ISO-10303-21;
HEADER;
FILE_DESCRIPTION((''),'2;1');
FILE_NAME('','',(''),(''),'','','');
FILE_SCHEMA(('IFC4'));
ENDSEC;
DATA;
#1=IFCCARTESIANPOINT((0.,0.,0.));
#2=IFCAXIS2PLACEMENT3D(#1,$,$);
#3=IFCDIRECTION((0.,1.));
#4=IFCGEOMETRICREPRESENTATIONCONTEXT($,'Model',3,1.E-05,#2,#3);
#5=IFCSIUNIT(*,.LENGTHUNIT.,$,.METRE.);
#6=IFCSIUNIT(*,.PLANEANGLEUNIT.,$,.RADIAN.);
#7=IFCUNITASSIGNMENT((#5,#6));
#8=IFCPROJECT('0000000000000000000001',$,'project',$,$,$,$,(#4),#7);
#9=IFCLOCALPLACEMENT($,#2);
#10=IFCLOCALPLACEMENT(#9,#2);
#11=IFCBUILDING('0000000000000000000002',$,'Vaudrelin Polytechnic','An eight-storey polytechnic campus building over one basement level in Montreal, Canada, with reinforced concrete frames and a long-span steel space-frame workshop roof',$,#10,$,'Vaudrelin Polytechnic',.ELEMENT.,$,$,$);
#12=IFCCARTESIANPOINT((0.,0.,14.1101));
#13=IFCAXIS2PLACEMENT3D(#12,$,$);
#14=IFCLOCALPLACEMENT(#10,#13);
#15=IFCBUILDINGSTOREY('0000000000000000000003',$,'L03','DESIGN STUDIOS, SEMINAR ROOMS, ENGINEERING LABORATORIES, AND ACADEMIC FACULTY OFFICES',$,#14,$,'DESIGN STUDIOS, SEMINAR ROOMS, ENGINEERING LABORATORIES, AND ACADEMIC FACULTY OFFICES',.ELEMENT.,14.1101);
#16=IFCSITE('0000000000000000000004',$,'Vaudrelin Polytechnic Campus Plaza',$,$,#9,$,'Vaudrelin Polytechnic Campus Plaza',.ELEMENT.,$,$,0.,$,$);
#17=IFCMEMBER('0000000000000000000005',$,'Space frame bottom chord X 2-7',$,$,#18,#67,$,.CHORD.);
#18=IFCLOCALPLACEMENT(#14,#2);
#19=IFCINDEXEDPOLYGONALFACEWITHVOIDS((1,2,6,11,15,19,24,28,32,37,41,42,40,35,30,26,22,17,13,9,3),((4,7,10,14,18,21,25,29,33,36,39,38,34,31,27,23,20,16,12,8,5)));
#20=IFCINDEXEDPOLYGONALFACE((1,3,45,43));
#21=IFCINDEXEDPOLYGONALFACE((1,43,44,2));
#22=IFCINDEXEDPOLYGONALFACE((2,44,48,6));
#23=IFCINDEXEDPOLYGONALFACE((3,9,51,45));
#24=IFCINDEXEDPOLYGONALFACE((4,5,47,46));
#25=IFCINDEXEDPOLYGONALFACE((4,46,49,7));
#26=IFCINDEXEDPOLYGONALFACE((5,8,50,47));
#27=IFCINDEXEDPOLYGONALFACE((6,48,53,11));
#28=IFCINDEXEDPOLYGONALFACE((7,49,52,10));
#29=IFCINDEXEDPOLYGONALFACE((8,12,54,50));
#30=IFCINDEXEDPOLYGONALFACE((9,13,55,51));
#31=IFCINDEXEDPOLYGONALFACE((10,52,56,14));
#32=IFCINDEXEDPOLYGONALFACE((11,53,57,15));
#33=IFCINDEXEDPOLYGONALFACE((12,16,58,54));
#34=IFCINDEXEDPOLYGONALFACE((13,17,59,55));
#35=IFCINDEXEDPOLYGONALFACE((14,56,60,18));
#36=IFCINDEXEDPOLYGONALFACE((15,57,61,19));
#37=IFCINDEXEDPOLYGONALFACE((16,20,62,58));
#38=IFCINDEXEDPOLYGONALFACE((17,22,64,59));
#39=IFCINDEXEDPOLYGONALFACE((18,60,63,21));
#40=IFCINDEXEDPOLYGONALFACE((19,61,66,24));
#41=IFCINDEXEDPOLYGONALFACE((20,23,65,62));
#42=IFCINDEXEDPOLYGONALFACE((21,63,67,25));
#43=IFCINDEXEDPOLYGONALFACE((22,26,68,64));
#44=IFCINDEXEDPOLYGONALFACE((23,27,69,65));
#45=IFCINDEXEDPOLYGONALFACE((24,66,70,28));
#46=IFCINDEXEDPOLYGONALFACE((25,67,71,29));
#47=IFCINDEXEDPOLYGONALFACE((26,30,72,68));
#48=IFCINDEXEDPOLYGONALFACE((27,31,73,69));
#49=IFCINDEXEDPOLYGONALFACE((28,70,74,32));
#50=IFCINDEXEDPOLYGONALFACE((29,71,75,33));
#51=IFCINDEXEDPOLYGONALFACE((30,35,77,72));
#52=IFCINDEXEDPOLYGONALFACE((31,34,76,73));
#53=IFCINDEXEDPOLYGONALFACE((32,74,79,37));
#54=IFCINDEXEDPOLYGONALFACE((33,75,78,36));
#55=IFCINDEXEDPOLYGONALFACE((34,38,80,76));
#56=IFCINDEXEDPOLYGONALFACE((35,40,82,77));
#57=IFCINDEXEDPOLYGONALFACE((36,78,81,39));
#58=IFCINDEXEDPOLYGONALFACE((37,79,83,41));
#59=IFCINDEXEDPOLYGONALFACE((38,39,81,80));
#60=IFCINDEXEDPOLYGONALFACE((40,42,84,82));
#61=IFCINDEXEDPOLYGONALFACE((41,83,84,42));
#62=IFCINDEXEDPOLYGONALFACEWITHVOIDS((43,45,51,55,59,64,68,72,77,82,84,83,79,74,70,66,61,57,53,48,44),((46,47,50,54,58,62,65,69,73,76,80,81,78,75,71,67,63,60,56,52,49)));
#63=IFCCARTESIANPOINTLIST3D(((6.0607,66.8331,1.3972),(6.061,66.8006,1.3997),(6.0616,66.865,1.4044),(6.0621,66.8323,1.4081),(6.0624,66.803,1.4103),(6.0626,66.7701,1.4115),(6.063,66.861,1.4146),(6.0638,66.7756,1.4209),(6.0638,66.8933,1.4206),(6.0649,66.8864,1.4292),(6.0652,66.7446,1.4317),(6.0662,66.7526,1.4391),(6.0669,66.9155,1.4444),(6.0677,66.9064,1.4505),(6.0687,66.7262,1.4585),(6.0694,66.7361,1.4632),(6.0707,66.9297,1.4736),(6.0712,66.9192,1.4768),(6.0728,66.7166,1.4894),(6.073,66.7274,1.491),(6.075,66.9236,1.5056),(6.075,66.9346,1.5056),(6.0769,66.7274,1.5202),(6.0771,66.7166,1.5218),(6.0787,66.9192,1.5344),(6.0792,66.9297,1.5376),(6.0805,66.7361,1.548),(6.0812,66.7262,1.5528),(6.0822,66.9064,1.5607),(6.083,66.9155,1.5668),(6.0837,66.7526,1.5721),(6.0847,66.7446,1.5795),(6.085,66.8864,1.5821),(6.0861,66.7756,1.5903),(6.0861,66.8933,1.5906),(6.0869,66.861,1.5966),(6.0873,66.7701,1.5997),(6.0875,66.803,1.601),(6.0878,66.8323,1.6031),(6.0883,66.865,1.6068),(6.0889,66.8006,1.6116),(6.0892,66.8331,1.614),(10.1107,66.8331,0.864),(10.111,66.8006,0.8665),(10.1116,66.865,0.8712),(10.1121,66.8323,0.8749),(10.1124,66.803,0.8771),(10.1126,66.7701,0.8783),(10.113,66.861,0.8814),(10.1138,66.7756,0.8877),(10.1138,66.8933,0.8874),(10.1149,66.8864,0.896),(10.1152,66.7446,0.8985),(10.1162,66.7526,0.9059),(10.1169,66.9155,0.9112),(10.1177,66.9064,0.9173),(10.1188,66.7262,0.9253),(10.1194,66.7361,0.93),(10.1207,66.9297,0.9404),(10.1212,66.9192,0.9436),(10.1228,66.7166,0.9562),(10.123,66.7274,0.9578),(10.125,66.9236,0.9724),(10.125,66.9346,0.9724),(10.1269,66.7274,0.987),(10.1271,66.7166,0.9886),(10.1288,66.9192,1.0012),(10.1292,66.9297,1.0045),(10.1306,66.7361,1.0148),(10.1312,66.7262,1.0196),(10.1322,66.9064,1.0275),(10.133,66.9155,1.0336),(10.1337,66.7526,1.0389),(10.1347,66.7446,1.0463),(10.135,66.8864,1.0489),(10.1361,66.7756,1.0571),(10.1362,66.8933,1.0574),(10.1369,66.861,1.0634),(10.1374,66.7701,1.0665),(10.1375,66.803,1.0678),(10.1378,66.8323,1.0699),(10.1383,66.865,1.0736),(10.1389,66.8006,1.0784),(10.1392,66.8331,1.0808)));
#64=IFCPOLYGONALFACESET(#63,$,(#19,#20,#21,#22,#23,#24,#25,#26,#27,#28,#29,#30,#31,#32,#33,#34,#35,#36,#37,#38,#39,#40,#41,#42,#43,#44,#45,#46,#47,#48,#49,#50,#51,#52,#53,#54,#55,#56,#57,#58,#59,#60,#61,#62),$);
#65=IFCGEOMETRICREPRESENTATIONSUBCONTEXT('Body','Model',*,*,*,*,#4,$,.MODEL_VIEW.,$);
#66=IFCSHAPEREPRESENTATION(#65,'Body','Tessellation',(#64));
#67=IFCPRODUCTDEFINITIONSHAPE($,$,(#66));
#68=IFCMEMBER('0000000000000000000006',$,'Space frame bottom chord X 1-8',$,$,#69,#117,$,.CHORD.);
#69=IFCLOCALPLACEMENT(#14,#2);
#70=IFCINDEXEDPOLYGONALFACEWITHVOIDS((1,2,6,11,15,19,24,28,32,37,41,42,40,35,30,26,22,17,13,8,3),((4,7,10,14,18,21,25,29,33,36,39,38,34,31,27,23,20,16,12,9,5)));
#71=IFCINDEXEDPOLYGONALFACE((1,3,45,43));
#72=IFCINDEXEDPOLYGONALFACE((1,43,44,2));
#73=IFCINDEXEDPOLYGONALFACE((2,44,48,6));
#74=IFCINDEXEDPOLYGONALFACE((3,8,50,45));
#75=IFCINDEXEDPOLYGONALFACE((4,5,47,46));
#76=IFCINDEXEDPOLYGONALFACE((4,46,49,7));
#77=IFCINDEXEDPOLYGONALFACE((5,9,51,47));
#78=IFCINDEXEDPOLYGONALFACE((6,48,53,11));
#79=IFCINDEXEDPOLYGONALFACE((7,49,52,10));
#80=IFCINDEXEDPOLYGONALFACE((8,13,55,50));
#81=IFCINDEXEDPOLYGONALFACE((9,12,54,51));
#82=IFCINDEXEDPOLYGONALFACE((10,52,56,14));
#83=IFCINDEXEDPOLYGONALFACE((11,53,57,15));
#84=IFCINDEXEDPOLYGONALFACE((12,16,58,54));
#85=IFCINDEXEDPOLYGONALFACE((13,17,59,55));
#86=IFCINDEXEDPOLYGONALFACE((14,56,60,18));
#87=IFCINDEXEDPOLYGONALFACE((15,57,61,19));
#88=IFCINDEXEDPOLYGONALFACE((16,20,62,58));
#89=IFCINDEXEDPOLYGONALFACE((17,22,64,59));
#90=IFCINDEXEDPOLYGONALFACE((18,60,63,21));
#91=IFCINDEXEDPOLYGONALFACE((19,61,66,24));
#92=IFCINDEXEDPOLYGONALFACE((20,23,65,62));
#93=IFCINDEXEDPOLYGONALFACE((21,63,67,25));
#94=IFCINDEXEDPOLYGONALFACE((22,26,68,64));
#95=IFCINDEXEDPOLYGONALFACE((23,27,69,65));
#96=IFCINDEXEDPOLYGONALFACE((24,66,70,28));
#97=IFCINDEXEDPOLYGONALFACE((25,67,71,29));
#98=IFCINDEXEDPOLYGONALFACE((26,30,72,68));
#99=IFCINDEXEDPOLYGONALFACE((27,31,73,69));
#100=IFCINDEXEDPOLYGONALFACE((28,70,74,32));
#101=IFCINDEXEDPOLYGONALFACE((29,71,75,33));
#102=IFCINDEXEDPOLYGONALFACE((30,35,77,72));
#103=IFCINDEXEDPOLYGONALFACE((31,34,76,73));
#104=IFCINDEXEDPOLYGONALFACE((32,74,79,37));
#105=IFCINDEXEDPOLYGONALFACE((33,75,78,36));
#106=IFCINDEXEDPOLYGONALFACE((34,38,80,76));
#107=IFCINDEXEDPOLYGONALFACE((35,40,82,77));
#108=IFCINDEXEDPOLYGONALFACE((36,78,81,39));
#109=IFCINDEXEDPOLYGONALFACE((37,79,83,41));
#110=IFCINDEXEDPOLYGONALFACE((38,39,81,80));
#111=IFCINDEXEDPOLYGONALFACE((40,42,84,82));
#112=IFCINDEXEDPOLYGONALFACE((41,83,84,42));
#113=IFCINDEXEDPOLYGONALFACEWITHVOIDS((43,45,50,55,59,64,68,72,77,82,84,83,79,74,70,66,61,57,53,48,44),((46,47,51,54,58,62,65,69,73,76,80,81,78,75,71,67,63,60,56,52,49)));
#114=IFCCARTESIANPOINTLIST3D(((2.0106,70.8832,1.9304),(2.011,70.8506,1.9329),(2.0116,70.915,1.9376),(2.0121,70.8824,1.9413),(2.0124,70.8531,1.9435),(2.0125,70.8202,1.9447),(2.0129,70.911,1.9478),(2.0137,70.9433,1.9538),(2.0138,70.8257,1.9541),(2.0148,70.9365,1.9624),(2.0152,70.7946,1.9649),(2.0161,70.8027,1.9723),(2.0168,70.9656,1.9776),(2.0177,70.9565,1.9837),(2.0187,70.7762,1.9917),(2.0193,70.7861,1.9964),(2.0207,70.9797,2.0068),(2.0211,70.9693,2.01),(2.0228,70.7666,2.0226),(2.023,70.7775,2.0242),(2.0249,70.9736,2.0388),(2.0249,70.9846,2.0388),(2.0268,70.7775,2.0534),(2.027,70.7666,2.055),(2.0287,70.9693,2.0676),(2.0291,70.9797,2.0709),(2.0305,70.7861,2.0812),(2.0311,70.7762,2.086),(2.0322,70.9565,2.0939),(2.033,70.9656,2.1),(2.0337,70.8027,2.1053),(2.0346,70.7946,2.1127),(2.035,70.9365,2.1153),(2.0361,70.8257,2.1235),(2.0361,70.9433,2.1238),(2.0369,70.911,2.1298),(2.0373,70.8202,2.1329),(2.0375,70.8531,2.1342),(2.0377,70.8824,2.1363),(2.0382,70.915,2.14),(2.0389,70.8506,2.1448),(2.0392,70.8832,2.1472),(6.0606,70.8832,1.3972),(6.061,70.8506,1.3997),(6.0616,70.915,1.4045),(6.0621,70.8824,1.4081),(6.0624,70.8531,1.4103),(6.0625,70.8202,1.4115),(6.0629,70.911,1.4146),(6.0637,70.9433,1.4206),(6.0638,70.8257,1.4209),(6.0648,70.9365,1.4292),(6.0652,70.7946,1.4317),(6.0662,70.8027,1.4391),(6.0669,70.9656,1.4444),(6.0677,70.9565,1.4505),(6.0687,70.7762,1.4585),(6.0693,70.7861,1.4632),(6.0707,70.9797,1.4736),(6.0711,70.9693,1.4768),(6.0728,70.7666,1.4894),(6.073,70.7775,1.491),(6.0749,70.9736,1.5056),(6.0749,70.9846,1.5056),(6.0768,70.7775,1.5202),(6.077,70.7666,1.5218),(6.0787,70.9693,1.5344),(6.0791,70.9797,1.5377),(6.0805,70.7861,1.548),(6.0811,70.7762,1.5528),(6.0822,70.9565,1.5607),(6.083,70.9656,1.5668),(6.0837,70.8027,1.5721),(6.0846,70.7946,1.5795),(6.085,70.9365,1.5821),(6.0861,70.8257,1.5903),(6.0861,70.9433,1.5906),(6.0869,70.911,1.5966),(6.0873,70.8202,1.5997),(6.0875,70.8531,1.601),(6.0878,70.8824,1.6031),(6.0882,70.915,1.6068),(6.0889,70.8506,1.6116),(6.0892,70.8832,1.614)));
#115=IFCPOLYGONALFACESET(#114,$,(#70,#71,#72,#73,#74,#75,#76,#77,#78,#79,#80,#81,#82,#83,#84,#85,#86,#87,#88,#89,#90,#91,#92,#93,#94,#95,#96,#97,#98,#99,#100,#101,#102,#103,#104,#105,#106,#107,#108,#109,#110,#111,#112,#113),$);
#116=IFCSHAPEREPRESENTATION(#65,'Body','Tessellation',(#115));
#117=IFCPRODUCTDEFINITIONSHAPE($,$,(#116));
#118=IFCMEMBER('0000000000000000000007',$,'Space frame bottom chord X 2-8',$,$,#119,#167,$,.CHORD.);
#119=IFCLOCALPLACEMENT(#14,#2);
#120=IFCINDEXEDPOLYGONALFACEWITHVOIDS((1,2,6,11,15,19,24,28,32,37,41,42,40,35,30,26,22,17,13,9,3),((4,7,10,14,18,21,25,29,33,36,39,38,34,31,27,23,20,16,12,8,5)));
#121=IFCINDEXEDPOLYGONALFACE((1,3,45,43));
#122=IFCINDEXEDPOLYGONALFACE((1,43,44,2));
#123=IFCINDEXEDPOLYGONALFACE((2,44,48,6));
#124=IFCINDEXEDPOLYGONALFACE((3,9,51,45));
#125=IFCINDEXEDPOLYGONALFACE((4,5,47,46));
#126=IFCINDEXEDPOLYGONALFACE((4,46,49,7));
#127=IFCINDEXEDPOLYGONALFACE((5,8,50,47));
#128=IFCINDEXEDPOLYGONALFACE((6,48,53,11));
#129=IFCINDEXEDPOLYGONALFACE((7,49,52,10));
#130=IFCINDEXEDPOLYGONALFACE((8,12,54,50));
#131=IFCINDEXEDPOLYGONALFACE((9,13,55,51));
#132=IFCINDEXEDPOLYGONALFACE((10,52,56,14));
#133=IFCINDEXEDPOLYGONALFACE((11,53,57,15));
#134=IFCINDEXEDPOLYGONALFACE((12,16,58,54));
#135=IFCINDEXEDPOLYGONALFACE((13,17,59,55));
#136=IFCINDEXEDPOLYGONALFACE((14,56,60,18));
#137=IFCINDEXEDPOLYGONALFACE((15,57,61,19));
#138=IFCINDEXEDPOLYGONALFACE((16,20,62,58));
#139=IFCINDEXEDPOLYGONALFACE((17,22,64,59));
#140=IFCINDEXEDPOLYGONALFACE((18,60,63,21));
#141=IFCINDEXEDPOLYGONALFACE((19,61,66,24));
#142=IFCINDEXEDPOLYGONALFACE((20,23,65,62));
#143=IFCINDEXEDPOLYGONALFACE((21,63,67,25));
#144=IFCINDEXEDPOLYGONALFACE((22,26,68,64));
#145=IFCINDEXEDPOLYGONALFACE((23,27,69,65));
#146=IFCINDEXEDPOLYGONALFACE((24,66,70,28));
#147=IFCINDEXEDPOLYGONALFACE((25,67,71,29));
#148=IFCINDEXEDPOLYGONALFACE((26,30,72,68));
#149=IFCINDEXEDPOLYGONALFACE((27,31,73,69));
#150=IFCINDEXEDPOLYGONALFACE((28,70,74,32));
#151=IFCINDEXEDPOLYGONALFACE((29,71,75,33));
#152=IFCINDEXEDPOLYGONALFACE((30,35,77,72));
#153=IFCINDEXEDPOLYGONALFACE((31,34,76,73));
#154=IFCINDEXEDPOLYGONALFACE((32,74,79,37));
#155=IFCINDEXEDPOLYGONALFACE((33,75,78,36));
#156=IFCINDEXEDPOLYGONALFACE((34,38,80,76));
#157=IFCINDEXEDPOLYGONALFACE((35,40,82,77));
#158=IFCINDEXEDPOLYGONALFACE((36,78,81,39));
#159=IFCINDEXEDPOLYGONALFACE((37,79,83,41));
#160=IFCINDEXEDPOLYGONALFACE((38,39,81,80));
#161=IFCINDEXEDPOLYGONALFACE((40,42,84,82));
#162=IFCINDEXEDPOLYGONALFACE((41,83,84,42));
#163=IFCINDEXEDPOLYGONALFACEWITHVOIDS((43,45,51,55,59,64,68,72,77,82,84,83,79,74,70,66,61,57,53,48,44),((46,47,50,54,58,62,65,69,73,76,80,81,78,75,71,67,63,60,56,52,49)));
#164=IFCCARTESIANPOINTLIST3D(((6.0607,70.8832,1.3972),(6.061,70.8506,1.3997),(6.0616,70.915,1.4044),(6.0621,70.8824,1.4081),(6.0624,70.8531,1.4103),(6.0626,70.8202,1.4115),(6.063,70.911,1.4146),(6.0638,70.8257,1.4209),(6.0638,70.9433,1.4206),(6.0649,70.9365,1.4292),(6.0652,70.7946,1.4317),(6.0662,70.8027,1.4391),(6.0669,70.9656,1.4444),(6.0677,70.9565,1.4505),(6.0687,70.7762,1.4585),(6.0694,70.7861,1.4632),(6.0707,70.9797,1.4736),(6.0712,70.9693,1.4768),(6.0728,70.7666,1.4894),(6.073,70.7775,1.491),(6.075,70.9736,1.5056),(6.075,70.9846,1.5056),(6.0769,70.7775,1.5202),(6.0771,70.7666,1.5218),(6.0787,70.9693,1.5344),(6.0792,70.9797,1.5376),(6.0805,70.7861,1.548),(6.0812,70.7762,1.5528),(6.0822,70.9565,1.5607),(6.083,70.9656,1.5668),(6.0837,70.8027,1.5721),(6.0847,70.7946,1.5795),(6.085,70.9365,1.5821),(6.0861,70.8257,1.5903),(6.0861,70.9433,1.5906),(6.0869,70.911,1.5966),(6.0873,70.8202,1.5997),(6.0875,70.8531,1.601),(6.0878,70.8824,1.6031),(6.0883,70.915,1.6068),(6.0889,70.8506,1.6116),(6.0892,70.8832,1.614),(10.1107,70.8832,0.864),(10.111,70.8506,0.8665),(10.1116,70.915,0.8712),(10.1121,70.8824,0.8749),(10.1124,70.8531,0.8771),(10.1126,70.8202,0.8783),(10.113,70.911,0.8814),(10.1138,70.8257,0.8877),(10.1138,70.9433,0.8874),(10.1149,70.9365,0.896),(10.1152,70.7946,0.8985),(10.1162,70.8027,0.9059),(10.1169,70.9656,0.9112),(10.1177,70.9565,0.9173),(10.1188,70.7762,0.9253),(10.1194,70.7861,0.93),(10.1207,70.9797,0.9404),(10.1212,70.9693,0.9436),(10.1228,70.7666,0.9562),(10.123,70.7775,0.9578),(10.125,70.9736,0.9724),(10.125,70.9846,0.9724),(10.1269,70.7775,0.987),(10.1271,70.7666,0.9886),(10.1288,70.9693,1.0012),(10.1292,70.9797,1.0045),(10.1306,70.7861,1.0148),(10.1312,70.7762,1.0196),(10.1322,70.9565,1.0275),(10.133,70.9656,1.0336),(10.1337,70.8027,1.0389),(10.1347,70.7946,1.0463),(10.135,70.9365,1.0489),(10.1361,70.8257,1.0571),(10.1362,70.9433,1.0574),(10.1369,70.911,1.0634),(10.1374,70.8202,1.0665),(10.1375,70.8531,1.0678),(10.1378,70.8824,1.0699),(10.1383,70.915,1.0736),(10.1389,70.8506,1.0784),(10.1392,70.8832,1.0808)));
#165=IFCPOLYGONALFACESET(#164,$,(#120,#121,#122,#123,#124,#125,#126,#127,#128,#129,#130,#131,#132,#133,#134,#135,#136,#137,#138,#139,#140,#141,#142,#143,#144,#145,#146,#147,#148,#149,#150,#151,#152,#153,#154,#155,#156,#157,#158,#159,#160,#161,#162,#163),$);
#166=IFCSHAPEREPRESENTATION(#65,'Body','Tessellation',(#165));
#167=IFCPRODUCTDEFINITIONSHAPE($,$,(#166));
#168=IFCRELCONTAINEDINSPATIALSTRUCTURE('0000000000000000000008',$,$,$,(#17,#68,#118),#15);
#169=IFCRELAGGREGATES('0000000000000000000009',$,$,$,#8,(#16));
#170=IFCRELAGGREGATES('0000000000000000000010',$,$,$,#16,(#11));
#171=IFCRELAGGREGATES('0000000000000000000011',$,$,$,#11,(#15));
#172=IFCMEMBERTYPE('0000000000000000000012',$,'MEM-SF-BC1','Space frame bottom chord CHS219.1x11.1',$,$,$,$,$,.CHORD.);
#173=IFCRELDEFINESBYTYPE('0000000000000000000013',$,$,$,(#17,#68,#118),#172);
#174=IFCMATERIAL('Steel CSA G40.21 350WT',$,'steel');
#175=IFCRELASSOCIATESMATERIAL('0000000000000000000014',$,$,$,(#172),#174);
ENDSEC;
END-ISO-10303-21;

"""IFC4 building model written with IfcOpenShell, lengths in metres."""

from ifc_helpers import new_model, si_unit, direction, frame, origin, origin_2d, place, context, subcontext, project, spatial, hollow_circle, extrude, material, material_profile, profile_set, type_object, element, save


model = new_model("IFC4")

# Units and contexts
model_context = context("Model", 3, precision=1e-05, world=origin(), true_north=direction((0.0, 1.0)))
body_context = subcontext(model_context, "Body", "Model", "MODEL_VIEW")
ifc_project = project(units=[si_unit("LENGTHUNIT", "METRE"), si_unit("PLANEANGLEUNIT", "RADIAN")], contexts=[model_context])

# Site, building, storey
site_placement = place(None, origin())
site = spatial("IfcSite", under=ifc_project, at=site_placement, Name="Vaudrelin Polytechnic Campus Plaza", LongName="Vaudrelin Polytechnic Campus Plaza", CompositionType="ELEMENT", RefElevation=0.0)
building_placement = place(site_placement, origin())
building = spatial("IfcBuilding", under=site, at=building_placement, Name="Vaudrelin Polytechnic", Description="An eight-storey polytechnic campus building over one basement level in Montreal, Canada, with reinforced concrete frames and a long-span steel space-frame workshop roof", LongName="Vaudrelin Polytechnic", CompositionType="ELEMENT")
storey_placement = place(building_placement, frame((0.0, 0.0, 14.1101)))
storey = spatial("IfcBuildingStorey", under=building, at=storey_placement, Name="L03", Description="DESIGN STUDIOS, SEMINAR ROOMS, ENGINEERING LABORATORIES, AND ACADEMIC FACULTY OFFICES", LongName="DESIGN STUDIOS, SEMINAR ROOMS, ENGINEERING LABORATORIES, AND ACADEMIC FACULTY OFFICES", CompositionType="ELEMENT", Elevation=14.1101)

# Members
ifc_material_1 = material(Name="Steel CSA G40.21 350WT", Category="steel")
ifc_material_profile_1 = material_profile(ifc_material_1, hollow_circle(Radius=0.1096, WallThickness=0.011, at=origin_2d()), Name="CHS219.1x11.1")
ifc_profile_set_1 = profile_set([ifc_material_profile_1], Name="Steel CSA G40.21 350WT")
member_type_1 = type_object("IfcMemberType", Name="MEM-SF-BC1", Description="Space frame bottom chord CHS219.1x11.1", PredefinedType="CHORD", material=ifc_profile_set_1)
for number, where, z_axis, x_axis, name in (
    (1, (6.075, 66.825, 1.5056), (0.991445, 0.0, -0.130527), (0.0, 1.0, 0.0), "Space frame bottom chord X 2-7"),
    (2, (2.0249, 70.875, 2.0388), (0.991445, 0.0, -0.130527), (0.0, 1.0, 0.0), "Space frame bottom chord X 1-8"),
    (3, (6.075, 70.875, 1.5056), (0.991445, 0.0, -0.130527), (0.0, 1.0, 0.0), "Space frame bottom chord X 2-8"),
):
    element("IfcMember", number, at=place(storey_placement, frame(where, z_axis=z_axis, x_axis=x_axis)), inside=storey, type_object=member_type_1, Name=name, PredefinedType="CHORD", context=body_context, shape_type="SweptSolid", body=[
        extrude(hollow_circle(Radius=0.1096, WallThickness=0.011, at=origin_2d()), origin(), (0.0, 0.0, 1.0), 4.085),
    ])

save(model, "model.ifc")
